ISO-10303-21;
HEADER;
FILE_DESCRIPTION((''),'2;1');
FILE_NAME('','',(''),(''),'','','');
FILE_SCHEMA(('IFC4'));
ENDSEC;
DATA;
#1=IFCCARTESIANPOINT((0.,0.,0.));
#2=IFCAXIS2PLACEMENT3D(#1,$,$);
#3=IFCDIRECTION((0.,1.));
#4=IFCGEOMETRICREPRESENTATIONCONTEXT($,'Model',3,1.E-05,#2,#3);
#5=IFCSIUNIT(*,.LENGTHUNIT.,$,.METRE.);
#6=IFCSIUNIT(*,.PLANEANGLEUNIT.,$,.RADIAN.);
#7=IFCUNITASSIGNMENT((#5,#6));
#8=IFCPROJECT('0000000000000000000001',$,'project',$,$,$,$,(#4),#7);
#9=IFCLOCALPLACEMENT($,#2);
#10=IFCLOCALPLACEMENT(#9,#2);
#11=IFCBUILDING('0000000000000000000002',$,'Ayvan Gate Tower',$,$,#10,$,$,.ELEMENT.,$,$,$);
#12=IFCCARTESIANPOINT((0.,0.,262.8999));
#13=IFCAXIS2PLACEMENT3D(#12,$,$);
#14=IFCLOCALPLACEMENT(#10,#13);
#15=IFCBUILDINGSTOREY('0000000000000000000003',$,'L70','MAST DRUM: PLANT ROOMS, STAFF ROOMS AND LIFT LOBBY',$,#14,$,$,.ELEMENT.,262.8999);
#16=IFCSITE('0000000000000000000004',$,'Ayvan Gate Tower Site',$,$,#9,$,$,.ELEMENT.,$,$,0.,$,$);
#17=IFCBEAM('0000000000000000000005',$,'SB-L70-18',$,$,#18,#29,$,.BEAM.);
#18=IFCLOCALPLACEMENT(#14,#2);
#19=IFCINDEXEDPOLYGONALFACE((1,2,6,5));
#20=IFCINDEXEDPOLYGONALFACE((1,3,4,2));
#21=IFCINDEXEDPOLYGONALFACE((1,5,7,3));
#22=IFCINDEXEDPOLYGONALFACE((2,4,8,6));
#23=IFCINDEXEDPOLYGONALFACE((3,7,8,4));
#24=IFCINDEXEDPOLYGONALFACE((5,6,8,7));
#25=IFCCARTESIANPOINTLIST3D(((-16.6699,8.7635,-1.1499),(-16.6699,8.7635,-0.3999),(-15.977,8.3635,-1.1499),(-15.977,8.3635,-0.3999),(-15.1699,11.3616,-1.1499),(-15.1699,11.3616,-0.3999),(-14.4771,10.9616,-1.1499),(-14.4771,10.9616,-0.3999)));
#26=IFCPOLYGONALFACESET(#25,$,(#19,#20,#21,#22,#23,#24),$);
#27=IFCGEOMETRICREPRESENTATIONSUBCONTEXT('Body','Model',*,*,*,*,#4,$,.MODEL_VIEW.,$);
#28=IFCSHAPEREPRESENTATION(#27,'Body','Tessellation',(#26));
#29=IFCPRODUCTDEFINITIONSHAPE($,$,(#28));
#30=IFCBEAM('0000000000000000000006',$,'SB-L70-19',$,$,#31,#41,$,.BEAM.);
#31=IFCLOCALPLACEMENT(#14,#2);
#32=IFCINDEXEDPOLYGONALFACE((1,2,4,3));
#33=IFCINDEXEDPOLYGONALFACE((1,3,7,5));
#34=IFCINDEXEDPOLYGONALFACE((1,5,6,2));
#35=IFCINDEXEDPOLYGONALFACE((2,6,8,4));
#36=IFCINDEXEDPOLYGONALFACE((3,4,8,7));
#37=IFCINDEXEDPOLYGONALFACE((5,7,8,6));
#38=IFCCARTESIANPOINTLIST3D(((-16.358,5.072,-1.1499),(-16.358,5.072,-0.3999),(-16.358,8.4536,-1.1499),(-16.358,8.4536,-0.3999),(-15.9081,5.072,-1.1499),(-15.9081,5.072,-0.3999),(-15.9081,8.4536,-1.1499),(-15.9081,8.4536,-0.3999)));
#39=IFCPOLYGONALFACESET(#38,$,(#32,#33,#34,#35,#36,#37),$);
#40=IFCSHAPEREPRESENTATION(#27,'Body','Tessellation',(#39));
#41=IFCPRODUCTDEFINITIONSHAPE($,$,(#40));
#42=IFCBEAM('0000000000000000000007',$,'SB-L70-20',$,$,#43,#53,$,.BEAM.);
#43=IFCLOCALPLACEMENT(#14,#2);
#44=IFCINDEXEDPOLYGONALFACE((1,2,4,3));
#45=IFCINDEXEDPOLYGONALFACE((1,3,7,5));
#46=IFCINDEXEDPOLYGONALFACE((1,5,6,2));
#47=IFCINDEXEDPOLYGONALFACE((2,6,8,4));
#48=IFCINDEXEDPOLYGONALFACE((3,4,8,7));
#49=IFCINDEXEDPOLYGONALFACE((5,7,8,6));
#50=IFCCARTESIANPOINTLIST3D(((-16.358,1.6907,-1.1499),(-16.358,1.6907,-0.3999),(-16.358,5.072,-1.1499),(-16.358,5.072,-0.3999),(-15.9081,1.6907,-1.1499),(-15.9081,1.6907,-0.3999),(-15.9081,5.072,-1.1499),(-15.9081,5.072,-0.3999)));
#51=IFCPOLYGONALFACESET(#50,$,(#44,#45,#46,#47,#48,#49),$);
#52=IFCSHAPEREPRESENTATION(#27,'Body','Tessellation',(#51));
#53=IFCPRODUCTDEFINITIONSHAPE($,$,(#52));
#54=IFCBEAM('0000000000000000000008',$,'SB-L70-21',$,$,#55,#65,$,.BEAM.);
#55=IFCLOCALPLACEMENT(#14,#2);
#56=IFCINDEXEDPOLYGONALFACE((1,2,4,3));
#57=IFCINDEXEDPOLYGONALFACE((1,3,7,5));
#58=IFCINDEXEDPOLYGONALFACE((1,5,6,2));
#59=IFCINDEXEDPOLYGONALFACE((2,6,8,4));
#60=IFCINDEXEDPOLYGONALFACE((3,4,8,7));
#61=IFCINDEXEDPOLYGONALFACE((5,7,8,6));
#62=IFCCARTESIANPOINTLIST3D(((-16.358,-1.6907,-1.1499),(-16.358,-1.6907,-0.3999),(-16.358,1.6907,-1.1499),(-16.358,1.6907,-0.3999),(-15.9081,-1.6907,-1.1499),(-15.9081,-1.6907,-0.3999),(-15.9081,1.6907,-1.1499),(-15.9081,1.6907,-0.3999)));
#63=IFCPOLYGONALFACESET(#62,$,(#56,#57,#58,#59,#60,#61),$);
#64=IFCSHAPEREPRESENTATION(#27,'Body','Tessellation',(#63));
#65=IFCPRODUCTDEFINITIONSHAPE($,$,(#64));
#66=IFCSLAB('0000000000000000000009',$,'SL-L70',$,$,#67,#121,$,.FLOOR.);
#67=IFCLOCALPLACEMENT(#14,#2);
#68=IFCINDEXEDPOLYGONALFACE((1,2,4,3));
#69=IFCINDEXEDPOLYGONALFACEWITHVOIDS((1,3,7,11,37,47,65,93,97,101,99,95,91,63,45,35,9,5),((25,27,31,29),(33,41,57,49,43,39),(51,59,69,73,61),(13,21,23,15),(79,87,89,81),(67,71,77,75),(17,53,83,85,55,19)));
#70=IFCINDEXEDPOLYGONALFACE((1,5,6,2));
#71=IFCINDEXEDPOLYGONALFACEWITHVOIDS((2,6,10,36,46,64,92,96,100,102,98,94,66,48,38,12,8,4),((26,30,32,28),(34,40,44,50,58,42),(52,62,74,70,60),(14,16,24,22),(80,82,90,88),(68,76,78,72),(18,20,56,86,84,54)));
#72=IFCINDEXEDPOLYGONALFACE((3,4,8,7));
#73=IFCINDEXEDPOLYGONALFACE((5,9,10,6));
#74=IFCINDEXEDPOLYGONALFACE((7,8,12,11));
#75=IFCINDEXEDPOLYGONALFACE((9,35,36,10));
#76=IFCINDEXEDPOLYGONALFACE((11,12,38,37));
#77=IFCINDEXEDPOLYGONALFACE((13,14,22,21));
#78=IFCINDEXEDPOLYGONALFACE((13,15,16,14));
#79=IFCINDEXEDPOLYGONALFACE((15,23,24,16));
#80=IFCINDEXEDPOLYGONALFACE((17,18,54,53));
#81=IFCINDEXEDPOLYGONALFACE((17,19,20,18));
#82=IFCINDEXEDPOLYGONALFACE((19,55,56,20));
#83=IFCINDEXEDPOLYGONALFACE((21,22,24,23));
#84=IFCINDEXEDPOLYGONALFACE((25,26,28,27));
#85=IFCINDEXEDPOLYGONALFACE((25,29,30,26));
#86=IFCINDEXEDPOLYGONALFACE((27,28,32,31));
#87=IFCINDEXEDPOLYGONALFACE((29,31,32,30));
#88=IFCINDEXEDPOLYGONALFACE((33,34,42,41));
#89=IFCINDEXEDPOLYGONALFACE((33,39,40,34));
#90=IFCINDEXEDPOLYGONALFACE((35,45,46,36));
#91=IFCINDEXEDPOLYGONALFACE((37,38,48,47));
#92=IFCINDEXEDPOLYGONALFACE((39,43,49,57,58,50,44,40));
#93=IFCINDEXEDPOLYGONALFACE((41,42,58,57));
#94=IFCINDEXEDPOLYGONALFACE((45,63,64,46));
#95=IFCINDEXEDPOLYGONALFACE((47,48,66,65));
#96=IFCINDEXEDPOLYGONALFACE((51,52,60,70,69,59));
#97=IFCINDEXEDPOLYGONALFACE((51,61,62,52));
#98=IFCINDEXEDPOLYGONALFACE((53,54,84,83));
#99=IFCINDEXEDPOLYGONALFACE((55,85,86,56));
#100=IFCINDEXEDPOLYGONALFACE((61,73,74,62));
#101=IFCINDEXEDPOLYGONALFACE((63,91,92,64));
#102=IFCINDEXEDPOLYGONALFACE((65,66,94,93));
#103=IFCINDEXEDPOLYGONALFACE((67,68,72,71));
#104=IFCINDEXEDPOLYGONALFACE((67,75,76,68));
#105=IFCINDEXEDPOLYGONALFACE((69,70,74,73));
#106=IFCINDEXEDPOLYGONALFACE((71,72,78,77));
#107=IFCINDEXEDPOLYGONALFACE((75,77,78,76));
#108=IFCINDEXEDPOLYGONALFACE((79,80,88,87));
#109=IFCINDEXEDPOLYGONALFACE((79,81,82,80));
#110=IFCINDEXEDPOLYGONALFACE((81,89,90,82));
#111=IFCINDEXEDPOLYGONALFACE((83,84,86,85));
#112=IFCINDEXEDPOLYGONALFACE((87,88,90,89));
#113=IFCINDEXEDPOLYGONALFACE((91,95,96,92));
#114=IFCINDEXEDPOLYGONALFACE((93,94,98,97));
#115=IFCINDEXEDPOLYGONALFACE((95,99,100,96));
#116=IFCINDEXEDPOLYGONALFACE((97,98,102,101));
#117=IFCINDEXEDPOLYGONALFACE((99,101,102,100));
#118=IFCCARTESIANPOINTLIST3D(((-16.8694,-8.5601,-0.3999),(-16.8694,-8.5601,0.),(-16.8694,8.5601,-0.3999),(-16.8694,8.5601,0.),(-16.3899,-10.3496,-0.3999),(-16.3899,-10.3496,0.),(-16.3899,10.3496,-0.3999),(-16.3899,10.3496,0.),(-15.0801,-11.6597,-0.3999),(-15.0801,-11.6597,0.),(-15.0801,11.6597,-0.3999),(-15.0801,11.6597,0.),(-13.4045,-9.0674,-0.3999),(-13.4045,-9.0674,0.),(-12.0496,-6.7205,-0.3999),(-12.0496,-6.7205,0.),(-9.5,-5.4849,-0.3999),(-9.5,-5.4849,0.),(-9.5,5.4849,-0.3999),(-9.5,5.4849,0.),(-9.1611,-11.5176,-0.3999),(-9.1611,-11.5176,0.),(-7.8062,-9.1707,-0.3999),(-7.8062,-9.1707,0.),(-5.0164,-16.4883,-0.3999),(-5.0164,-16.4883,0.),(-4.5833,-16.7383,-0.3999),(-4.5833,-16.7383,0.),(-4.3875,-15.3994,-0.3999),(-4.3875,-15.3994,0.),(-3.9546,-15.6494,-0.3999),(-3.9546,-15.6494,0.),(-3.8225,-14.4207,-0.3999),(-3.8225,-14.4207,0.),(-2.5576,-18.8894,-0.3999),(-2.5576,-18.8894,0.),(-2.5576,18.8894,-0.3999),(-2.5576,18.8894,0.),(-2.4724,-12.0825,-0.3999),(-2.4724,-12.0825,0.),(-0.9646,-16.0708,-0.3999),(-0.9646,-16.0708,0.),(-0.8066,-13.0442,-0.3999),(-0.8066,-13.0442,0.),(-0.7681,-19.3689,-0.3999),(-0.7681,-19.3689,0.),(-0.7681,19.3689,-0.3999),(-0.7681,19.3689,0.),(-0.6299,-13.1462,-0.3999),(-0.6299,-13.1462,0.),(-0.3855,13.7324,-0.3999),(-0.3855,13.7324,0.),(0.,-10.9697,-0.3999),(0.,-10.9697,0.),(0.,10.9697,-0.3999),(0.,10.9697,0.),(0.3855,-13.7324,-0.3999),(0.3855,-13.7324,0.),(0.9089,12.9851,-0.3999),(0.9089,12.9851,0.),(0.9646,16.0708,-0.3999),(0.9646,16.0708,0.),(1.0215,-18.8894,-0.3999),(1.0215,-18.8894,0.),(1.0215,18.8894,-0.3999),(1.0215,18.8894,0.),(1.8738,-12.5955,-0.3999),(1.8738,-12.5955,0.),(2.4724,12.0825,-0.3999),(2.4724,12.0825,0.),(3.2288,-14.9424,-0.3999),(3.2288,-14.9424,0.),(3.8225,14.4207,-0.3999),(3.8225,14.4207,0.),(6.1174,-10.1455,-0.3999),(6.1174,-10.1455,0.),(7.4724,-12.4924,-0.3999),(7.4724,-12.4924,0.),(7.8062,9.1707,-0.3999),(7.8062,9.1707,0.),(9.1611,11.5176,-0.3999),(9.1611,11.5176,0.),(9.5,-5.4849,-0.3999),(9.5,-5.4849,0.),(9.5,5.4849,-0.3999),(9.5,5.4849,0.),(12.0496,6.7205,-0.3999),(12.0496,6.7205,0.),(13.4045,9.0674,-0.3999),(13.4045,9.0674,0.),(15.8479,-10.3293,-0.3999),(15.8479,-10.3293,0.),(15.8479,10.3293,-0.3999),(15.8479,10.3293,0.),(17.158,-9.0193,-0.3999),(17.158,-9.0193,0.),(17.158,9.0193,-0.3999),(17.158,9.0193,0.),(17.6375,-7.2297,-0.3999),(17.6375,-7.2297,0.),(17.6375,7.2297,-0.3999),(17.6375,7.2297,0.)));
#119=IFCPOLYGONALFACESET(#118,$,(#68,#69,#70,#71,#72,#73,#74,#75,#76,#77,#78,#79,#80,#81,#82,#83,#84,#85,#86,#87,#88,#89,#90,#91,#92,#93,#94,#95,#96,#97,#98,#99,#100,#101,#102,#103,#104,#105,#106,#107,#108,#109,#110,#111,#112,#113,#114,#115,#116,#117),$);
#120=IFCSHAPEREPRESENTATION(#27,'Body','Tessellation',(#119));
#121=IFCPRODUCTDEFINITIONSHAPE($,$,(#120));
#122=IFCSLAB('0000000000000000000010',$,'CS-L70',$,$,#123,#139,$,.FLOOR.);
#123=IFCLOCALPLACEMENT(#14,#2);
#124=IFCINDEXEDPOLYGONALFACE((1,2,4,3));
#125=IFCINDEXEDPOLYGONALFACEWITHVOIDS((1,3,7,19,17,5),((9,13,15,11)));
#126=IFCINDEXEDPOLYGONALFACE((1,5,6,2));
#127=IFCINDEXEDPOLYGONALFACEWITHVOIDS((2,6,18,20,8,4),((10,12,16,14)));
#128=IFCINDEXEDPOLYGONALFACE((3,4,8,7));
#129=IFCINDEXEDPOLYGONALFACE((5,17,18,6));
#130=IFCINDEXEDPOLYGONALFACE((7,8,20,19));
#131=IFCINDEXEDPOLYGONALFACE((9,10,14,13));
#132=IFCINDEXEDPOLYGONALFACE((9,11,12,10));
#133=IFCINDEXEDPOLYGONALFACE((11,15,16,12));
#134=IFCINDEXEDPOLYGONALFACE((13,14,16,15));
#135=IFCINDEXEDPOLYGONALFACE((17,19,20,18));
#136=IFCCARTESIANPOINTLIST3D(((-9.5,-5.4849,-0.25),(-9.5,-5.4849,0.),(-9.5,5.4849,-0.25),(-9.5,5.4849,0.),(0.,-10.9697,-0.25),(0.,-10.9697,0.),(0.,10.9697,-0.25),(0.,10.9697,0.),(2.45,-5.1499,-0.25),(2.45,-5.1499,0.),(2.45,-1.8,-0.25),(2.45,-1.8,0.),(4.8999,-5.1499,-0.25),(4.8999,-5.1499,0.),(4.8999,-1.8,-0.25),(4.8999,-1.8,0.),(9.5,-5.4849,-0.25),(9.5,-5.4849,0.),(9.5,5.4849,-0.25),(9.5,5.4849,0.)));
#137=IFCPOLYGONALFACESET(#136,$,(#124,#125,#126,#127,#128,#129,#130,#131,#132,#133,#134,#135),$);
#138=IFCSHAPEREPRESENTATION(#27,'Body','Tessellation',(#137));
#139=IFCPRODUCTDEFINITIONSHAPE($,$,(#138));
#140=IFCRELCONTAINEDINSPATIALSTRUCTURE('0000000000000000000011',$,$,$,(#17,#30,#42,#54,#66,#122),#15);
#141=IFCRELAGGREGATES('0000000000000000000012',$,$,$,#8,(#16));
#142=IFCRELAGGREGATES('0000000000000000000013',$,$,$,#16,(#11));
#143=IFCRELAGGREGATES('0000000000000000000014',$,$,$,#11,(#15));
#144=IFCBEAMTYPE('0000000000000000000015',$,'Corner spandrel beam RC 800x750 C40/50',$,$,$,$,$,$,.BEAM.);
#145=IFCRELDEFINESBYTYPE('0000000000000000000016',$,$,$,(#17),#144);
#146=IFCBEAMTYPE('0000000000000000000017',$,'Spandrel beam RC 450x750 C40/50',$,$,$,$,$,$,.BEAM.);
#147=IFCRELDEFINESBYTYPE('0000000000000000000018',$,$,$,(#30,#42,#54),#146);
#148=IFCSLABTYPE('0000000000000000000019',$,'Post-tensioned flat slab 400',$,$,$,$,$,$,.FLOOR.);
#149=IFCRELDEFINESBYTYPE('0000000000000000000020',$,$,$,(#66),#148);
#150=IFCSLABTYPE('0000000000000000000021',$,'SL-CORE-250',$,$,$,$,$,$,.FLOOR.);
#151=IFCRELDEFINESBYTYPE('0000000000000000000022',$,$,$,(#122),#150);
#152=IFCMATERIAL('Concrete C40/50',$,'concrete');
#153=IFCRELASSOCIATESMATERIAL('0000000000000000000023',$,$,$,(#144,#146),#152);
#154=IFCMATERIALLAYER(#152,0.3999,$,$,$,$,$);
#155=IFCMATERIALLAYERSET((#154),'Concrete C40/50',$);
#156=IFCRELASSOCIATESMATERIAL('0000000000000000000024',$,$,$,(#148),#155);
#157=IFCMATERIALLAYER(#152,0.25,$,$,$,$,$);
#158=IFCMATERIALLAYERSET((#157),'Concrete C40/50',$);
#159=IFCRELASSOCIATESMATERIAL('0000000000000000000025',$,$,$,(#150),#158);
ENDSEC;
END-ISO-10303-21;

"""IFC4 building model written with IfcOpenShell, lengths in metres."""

from ifc_helpers import new_model, si_unit, direction, frame, origin, origin_2d, place, context, subcontext, project, spatial, polyline, rectangle, outline, extrude, material, layer, layer_set, material_profile, profile_set, type_object, element, save


model = new_model("IFC4")

# Units and contexts
model_context = context("Model", 3, precision=1e-05, world=origin(), true_north=direction((0.0, 1.0)))
body_context = subcontext(model_context, "Body", "Model", "MODEL_VIEW")
ifc_project = project(units=[si_unit("LENGTHUNIT", "METRE"), si_unit("PLANEANGLEUNIT", "RADIAN")], contexts=[model_context])

# Site, building, storey
site_placement = place(None, origin())
site = spatial("IfcSite", under=ifc_project, at=site_placement, Name="Ayvan Gate Tower Site", CompositionType="ELEMENT", RefElevation=0.0)
building_placement = place(site_placement, origin())
building = spatial("IfcBuilding", under=site, at=building_placement, Name="Ayvan Gate Tower", CompositionType="ELEMENT")
storey_placement = place(building_placement, frame((0.0, 0.0, 262.8999)))
storey = spatial("IfcBuildingStorey", under=building, at=storey_placement, Name="L70", Description="MAST DRUM: PLANT ROOMS, STAFF ROOMS AND LIFT LOBBY", CompositionType="ELEMENT", Elevation=262.8999)

# Beams
ifc_material_1 = material(Name="Concrete C40/50", Category="concrete")
ifc_material_profile_1 = material_profile(ifc_material_1, rectangle(XDim=0.8, YDim=0.75, at=origin_2d()), Name="RC 800x750")
ifc_profile_set_1 = profile_set([ifc_material_profile_1], Name="Concrete C40/50")
beam_type_1 = type_object("IfcBeamType", Name="Corner spandrel beam RC 800x750 C40/50", PredefinedType="BEAM", material=ifc_profile_set_1)
beam_1_placement = place(storey_placement, frame((-14.8235, 11.1616, -0.7749), z_axis=(-0.49999, -0.866031, 0.0), x_axis=(0.866031, -0.49999, 0.0)))
element("IfcBeam", 1, at=beam_1_placement, inside=storey, type_object=beam_type_1, Name="SB-L70-18", PredefinedType="BEAM", context=body_context, shape_type="SweptSolid", body=[
    extrude(rectangle(XDim=0.8, YDim=0.75, at=origin_2d()), origin(), (0.0, 0.0, 1.0), 3.0),
])
ifc_material_profile_2 = material_profile(ifc_material_1, rectangle(XDim=0.45, YDim=0.75, at=origin_2d()), Name="RC 450x750")
ifc_profile_set_2 = profile_set([ifc_material_profile_2], Name="Concrete C40/50")
beam_type_2 = type_object("IfcBeamType", Name="Spandrel beam RC 450x750 C40/50", PredefinedType="BEAM", material=ifc_profile_set_2)
beam_2_placement = place(storey_placement, frame((-16.1331, 8.4536, -0.7749), z_axis=(0.0, -1.0, 0.0), x_axis=(1.0, 0.0, 0.0)))
element("IfcBeam", 2, at=beam_2_placement, inside=storey, type_object=beam_type_2, Name="SB-L70-19", PredefinedType="BEAM", context=body_context, shape_type="SweptSolid", body=[
    extrude(rectangle(XDim=0.45, YDim=0.75, at=origin_2d()), origin(), (0.0, 0.0, 1.0), 3.3816),
])
for number, where, z_axis, x_axis, name in (
    (3, (-16.1331, 5.072, -0.7749), (0.0, -1.0, 0.0), (1.0, 0.0, 0.0), "SB-L70-20"),
    (4, (-16.1331, 1.6907, -0.7749), (0.0, -1.0, 0.0), (1.0, 0.0, 0.0), "SB-L70-21"),
):
    element("IfcBeam", number, at=place(storey_placement, frame(where, z_axis=z_axis, x_axis=x_axis)), inside=storey, type_object=beam_type_2, Name=name, PredefinedType="BEAM", context=body_context, shape_type="SweptSolid", body=[
        extrude(rectangle(XDim=0.45, YDim=0.75, at=origin_2d()), origin(), (0.0, 0.0, 1.0), 3.3813),
    ])

# Slabs
ifc_layer_1 = layer(ifc_material_1, 0.3999)
ifc_layer_set_1 = layer_set([ifc_layer_1], Name="Concrete C40/50")
slab_type_1 = type_object("IfcSlabType", Name="Post-tensioned flat slab 400", PredefinedType="FLOOR", material=ifc_layer_set_1)
slab_1_placement = place(storey_placement, frame((0.0, 0.0, -0.3999)))
element("IfcSlab", 5, at=slab_1_placement, inside=storey, type_object=slab_type_1, Name="SL-L70", PredefinedType="FLOOR", context=body_context, shape_type="SweptSolid", body=[
    extrude(outline(polyline([(-0.7681, -19.3689), (-2.5576, -18.8894), (-15.0801, -11.6597), (-16.3899, -10.3496), (-16.8694, -8.5601), (-16.8694, 8.5601), (-16.3899, 10.3496), (-15.0801, 11.6597), (-2.5576, 18.8894), (-0.7681, 19.3689), (1.0215, 18.8894), (15.8479, 10.3293), (17.158, 9.0193), (17.6375, 7.2297), (17.6375, -7.2297), (17.158, -9.0193), (15.8479, -10.3293), (1.0215, -18.8894), (-0.7681, -19.3689)]), holes=[polyline([(13.4045, 9.0674), (9.1611, 11.5176), (7.8062, 9.1707), (12.0496, 6.7205), (13.4045, 9.0674)]), polyline([(0.0, 10.9697), (-9.5, 5.4849), (-9.5, -5.4849), (0.0, -10.9697), (9.5, -5.4849), (9.5, 5.4849), (0.0, 10.9697)]), polyline([(3.2288, -14.9424), (7.4724, -12.4924), (6.1174, -10.1455), (1.8738, -12.5955), (3.2288, -14.9424)]), polyline([(3.8225, 14.4207), (0.9646, 16.0708), (-0.3855, 13.7324), (0.9089, 12.9851), (2.4724, 12.0825), (3.8225, 14.4207)]), polyline([(-0.6299, -13.1462), (-0.8066, -13.0442), (-2.4724, -12.0825), (-3.8225, -14.4207), (-0.9646, -16.0708), (0.3855, -13.7324), (-0.6299, -13.1462)]), polyline([(-4.5833, -16.7383), (-3.9546, -15.6494), (-4.3875, -15.3994), (-5.0164, -16.4883), (-4.5833, -16.7383)]), polyline([(-7.8062, -9.1707), (-12.0496, -6.7205), (-13.4045, -9.0674), (-9.1611, -11.5176), (-7.8062, -9.1707)])]), origin(), (0.0, 0.0, 1.0), 0.3999),
])
ifc_layer_2 = layer(ifc_material_1, 0.25)
ifc_layer_set_2 = layer_set([ifc_layer_2], Name="Concrete C40/50")
slab_type_2 = type_object("IfcSlabType", Name="SL-CORE-250", PredefinedType="FLOOR", material=ifc_layer_set_2)
slab_2_placement = place(storey_placement, frame((0.0, 0.0, -0.25)))
element("IfcSlab", 6, at=slab_2_placement, inside=storey, type_object=slab_type_2, Name="CS-L70", PredefinedType="FLOOR", context=body_context, shape_type="SweptSolid", body=[
    extrude(outline(polyline([(9.5, -5.4849), (0.0, -10.9697), (-9.5, -5.4849), (-9.5, 5.4849), (0.0, 10.9697), (9.5, 5.4849), (9.5, -5.4849)]), holes=[polyline([(4.8999, -5.1499), (4.8999, -1.8), (2.45, -1.8), (2.45, -5.1499), (4.8999, -5.1499)])]), origin(), (0.0, 0.0, 1.0), 0.25),
])

save(model, "model.ifc")
